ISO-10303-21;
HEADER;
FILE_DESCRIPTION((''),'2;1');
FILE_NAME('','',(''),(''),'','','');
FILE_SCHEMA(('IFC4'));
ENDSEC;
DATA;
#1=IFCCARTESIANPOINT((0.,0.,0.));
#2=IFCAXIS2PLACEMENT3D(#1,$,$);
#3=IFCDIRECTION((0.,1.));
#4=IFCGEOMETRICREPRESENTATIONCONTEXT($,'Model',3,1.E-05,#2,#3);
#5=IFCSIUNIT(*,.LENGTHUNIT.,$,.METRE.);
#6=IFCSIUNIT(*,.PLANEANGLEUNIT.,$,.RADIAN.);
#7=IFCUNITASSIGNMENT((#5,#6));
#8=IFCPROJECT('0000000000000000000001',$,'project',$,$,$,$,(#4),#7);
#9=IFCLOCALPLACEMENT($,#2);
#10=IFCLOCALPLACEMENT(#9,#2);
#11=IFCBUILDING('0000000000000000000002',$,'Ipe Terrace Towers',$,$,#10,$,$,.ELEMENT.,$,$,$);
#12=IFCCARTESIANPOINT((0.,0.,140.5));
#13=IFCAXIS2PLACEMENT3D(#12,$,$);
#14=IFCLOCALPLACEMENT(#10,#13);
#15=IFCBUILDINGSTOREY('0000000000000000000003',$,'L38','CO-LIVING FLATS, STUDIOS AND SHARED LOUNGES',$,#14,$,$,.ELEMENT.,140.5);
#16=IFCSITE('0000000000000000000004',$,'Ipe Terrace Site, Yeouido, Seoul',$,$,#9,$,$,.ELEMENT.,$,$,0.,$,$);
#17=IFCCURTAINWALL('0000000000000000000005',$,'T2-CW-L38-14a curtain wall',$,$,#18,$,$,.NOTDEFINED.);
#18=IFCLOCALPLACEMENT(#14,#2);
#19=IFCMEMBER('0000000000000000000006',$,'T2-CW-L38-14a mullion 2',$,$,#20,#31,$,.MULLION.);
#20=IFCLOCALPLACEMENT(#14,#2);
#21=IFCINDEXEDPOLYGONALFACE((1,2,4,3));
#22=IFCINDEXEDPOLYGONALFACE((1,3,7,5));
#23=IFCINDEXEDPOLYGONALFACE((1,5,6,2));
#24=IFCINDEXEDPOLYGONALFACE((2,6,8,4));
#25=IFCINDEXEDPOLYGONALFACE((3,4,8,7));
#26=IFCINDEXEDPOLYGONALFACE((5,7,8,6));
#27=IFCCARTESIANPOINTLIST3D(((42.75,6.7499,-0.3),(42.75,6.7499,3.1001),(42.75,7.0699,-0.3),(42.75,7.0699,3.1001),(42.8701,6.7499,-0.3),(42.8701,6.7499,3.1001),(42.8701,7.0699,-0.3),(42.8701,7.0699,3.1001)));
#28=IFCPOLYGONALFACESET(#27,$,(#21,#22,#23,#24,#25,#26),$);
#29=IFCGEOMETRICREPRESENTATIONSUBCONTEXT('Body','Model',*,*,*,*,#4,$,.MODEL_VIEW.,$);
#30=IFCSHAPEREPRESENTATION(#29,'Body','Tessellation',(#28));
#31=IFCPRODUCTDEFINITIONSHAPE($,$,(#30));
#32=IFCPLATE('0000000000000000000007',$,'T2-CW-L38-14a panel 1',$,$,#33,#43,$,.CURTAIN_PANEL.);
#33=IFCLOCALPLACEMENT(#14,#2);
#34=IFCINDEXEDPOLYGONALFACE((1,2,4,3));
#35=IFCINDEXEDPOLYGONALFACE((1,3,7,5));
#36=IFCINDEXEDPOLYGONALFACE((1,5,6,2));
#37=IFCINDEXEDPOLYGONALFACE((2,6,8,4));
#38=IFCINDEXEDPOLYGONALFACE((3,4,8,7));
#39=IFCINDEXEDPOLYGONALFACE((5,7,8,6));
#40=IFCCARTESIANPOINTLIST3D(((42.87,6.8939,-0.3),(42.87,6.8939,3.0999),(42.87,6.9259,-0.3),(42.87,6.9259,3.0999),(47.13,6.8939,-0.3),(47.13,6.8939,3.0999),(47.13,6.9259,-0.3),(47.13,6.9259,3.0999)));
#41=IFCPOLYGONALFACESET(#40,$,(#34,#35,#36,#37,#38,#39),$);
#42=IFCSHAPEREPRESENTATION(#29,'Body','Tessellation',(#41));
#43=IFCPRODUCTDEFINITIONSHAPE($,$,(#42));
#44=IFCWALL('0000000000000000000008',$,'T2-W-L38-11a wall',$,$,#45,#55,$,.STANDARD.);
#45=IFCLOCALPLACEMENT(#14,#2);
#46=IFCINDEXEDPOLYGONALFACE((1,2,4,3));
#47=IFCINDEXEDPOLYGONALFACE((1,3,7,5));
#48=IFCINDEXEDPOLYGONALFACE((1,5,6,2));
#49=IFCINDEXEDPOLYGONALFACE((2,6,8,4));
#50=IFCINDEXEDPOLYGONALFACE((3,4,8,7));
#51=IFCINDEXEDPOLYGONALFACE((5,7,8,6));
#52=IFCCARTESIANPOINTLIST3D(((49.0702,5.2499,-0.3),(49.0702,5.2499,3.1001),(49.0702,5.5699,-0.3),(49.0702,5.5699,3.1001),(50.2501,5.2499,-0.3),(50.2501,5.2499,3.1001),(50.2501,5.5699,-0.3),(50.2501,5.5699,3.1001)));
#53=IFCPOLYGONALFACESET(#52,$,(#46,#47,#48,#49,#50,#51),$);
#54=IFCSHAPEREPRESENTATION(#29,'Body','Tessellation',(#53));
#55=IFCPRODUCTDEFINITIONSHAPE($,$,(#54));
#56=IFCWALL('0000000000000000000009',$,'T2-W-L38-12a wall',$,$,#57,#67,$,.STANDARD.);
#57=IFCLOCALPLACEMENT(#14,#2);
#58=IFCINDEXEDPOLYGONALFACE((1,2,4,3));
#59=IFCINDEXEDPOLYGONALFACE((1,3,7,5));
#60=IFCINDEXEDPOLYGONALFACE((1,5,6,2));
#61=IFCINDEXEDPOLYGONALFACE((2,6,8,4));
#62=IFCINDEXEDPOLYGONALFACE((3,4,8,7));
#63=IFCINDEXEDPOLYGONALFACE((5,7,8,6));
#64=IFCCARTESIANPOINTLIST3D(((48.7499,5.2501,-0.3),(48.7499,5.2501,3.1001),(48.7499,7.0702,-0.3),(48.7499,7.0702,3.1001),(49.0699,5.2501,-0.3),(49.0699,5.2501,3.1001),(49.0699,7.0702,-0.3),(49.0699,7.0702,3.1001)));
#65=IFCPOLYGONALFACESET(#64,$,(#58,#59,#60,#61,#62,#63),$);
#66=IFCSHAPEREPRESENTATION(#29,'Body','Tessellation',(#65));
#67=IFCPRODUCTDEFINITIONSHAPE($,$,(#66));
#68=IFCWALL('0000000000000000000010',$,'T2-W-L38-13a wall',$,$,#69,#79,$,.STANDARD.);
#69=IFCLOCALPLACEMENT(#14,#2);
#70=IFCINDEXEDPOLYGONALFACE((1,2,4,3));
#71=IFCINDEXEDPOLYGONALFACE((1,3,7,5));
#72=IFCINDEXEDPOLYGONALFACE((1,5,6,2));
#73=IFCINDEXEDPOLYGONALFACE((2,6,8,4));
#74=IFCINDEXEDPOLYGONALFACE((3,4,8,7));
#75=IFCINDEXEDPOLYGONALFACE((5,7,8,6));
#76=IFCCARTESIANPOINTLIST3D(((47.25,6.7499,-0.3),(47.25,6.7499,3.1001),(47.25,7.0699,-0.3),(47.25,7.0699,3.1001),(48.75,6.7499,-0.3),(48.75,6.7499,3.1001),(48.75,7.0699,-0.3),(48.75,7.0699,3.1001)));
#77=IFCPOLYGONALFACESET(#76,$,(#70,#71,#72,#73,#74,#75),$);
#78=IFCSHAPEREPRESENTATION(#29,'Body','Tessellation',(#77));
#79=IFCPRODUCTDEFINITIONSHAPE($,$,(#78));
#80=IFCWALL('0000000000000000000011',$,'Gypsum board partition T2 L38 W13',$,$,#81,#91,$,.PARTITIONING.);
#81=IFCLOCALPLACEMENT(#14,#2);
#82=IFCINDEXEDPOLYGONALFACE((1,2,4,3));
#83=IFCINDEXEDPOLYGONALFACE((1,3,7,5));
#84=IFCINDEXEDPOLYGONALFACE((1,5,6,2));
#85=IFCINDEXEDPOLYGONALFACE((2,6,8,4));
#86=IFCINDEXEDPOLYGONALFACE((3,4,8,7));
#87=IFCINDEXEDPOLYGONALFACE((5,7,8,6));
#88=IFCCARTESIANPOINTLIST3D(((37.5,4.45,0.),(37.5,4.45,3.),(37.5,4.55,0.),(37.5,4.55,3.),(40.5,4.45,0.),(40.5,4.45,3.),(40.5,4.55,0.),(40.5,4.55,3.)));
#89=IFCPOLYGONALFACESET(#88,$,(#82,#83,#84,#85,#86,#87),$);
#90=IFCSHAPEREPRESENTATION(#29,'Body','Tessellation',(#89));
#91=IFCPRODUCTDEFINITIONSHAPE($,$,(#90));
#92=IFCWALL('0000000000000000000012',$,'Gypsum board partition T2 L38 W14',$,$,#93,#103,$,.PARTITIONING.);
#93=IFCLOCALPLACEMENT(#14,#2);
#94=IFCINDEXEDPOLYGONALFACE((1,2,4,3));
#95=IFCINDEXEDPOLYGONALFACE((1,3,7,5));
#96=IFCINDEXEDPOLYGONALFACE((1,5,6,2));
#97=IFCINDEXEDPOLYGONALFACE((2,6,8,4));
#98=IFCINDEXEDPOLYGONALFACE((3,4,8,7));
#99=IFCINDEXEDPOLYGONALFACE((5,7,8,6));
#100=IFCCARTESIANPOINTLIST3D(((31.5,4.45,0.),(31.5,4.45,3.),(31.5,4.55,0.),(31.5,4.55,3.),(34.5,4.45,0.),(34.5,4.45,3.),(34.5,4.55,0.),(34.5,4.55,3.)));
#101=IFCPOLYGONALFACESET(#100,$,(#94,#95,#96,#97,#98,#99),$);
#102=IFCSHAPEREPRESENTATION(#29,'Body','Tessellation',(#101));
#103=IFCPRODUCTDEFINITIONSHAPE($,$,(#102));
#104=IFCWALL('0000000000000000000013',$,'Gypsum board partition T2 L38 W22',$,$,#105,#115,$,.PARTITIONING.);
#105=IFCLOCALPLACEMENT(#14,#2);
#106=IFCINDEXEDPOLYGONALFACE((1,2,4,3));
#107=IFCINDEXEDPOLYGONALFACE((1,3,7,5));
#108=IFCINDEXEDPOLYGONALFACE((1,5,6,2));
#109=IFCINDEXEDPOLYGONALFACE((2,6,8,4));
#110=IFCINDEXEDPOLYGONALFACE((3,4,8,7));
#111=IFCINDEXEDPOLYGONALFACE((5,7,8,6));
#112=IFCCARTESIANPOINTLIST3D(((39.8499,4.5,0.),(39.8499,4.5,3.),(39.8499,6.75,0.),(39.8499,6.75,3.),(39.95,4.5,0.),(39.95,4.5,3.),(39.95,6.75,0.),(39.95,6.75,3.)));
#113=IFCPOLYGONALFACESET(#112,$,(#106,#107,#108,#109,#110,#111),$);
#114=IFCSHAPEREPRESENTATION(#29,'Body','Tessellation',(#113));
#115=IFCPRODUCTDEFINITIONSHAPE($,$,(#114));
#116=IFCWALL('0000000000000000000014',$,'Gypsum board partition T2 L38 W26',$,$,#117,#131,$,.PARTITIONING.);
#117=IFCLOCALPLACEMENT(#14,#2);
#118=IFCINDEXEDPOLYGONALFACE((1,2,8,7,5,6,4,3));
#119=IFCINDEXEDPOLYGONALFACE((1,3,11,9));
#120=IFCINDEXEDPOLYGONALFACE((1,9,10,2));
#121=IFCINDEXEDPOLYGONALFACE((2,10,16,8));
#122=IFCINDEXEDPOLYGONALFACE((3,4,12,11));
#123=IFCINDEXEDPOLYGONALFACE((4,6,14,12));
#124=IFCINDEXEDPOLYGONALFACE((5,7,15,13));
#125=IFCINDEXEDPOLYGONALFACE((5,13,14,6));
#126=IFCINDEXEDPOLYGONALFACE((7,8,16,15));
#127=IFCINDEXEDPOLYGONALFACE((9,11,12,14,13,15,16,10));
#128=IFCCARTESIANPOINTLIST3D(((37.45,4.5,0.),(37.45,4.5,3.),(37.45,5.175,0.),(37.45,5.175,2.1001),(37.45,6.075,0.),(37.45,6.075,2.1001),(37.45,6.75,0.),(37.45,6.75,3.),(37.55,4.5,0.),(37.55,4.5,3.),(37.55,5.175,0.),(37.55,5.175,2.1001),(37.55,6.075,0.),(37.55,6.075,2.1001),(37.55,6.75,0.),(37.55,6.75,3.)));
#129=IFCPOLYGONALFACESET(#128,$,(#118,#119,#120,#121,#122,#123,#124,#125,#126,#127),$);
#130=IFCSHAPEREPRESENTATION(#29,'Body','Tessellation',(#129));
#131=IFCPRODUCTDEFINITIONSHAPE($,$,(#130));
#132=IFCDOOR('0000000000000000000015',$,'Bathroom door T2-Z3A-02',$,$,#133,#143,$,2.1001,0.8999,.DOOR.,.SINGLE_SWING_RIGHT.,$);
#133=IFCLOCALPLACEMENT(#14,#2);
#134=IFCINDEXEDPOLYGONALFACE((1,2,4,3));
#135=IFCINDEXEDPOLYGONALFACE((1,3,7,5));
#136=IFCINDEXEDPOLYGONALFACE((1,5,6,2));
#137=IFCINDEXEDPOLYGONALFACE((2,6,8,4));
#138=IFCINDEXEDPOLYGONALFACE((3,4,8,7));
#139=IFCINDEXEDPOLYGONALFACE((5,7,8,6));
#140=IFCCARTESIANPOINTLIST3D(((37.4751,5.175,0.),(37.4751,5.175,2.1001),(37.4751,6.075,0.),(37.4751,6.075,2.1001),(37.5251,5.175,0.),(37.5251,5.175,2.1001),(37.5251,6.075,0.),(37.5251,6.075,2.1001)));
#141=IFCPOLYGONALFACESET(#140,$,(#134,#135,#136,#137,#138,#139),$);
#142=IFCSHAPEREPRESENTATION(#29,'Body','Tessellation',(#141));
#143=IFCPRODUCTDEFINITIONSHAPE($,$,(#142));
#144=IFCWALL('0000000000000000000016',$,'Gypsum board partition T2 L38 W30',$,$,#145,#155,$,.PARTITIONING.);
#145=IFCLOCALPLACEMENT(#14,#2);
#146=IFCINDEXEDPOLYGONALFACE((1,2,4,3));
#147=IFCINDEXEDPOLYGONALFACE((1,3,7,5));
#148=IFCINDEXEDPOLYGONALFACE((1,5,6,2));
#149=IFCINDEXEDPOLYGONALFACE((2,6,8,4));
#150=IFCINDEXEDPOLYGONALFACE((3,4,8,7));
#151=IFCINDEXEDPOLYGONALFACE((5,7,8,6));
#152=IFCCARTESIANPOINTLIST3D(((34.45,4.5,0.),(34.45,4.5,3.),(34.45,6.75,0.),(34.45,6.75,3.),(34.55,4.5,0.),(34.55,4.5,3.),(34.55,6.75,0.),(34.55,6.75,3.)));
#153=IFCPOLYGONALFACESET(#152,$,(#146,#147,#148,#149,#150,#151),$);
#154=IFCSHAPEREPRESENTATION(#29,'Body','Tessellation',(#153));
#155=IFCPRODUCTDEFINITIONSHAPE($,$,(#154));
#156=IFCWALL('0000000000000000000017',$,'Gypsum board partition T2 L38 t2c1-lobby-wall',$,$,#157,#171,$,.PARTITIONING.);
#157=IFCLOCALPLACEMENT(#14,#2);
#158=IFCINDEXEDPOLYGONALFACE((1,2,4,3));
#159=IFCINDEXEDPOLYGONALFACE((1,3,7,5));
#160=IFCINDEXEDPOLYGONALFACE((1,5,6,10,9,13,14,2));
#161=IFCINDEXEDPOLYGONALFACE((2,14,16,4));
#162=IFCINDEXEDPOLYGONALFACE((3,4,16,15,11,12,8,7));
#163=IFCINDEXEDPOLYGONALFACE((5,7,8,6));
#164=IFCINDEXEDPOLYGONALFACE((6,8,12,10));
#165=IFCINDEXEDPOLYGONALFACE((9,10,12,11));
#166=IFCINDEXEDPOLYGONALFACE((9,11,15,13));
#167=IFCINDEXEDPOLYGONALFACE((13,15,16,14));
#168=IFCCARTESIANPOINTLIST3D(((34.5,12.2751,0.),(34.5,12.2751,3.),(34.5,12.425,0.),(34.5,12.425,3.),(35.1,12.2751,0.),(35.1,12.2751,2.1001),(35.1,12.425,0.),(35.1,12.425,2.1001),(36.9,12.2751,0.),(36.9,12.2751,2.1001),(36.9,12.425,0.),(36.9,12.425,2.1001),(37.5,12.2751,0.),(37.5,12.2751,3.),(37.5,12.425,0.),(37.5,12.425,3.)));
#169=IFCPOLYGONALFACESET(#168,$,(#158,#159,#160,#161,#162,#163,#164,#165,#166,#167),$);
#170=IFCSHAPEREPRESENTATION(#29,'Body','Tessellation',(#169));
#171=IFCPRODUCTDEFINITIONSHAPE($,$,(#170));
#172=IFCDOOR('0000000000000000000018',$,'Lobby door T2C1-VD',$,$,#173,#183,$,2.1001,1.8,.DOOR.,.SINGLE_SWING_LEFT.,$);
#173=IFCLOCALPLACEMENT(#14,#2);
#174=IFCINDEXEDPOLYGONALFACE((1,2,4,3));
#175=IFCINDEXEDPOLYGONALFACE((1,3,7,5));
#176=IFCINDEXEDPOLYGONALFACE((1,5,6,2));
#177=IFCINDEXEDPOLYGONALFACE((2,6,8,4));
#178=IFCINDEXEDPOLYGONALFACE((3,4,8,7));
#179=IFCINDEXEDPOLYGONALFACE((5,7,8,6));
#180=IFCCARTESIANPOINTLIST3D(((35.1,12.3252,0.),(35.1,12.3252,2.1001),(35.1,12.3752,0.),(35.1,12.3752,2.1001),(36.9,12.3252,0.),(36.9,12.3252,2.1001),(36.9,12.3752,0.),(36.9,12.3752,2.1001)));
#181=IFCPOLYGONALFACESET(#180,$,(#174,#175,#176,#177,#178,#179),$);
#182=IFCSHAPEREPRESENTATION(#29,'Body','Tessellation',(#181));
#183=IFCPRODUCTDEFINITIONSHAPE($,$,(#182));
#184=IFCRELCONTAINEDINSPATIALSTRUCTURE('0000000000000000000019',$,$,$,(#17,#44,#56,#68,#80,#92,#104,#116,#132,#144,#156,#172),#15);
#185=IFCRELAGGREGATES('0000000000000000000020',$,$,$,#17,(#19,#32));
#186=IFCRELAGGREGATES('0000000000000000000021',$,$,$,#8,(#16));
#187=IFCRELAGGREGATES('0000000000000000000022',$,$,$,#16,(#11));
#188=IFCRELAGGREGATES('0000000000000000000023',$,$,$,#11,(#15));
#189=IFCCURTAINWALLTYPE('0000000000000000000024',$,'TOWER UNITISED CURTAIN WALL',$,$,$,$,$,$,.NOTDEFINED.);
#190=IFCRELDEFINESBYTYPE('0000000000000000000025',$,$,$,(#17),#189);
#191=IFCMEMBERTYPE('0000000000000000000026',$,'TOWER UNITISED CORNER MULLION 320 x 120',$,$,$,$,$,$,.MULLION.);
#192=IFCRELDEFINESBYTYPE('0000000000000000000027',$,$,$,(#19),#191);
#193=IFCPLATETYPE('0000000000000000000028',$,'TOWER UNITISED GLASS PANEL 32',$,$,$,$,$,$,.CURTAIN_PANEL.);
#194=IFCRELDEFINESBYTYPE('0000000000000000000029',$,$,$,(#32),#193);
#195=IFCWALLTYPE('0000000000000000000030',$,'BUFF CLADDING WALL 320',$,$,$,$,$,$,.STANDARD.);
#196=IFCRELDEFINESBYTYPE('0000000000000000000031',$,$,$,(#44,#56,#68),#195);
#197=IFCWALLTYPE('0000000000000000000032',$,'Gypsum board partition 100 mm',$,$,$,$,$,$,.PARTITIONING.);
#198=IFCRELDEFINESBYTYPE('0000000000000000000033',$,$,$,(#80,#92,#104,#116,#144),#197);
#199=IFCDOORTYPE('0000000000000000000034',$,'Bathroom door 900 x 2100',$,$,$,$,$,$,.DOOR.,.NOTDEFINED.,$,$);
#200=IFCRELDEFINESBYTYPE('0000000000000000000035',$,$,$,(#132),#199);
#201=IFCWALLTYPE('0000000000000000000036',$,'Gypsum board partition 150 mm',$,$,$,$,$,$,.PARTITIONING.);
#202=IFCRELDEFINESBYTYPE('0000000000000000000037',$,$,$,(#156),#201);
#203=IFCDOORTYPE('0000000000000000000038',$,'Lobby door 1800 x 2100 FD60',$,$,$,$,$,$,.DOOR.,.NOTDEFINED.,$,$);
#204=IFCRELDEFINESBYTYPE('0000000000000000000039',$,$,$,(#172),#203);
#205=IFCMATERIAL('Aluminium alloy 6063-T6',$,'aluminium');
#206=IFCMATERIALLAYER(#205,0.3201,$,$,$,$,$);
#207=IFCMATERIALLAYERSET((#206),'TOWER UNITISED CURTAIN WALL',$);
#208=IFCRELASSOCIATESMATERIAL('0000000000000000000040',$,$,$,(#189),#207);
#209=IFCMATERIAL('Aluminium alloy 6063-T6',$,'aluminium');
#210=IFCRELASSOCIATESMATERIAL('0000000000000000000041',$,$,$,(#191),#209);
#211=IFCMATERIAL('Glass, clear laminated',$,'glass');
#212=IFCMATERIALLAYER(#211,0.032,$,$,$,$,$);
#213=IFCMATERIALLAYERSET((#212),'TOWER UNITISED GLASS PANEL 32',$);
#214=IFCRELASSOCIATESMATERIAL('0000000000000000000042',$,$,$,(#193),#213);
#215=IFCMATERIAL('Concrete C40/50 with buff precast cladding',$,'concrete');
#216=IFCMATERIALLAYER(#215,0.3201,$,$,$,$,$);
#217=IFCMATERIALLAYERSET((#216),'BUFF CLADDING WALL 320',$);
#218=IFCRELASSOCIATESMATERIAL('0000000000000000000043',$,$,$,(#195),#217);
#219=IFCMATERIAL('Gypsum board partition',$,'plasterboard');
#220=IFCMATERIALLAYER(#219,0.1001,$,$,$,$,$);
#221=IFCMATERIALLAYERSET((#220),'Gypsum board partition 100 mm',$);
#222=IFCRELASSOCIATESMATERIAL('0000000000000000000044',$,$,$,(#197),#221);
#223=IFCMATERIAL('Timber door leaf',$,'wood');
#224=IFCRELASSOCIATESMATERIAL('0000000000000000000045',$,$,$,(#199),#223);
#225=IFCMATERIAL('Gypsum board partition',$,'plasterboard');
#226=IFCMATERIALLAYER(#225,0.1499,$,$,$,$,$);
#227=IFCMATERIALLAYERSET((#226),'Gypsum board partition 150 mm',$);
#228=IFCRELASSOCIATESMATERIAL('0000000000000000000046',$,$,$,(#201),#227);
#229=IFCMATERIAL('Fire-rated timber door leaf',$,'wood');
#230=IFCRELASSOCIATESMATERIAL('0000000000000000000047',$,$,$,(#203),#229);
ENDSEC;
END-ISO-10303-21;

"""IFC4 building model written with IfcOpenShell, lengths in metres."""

from ifc_helpers import new_model, si_unit, direction, frame, frame_2d, origin, origin_2d, place, context, subcontext, project, spatial, rectangle, extrude, material, layer, layer_set, material_profile, profile_set, type_object, element, fill, aggregate, save


model = new_model("IFC4")

# Units and contexts
model_context = context("Model", 3, precision=1e-05, world=origin(), true_north=direction((0.0, 1.0)))
body_context = subcontext(model_context, "Body", "Model", "MODEL_VIEW")
ifc_project = project(units=[si_unit("LENGTHUNIT", "METRE"), si_unit("PLANEANGLEUNIT", "RADIAN")], contexts=[model_context])

# Site, building, storey
site_placement = place(None, origin())
site = spatial("IfcSite", under=ifc_project, at=site_placement, Name="Ipe Terrace Site, Yeouido, Seoul", CompositionType="ELEMENT", RefElevation=0.0)
building_placement = place(site_placement, origin())
building = spatial("IfcBuilding", under=site, at=building_placement, Name="Ipe Terrace Towers", CompositionType="ELEMENT")
storey_placement = place(building_placement, frame((0.0, 0.0, 140.5)))
storey = spatial("IfcBuildingStorey", under=building, at=storey_placement, Name="L38", Description="CO-LIVING FLATS, STUDIOS AND SHARED LOUNGES", CompositionType="ELEMENT", Elevation=140.5)

# Curtain wall, member, plate
ifc_material_1 = material(Name="Aluminium alloy 6063-T6", Category="aluminium")
ifc_layer_1 = layer(ifc_material_1, 0.3201)
ifc_layer_set_1 = layer_set([ifc_layer_1], Name="TOWER UNITISED CURTAIN WALL")
curtain_wall_type = type_object("IfcCurtainWallType", Name="TOWER UNITISED CURTAIN WALL", PredefinedType="NOTDEFINED", material=ifc_layer_set_1)
curtain_wall_placement = place(storey_placement, origin())
curtain_wall = element("IfcCurtainWall", 1, at=curtain_wall_placement, inside=storey, type_object=curtain_wall_type, Name="T2-CW-L38-14a curtain wall", PredefinedType="NOTDEFINED")
ifc_material_2 = material(Name="Aluminium alloy 6063-T6", Category="aluminium")
ifc_material_profile_1 = material_profile(ifc_material_2, rectangle(XDim=0.3201, YDim=0.1201, at=origin_2d()), Name="TOWER UNITISED CORNER MULLION 320 x 120")
ifc_profile_set_1 = profile_set([ifc_material_profile_1], Name="Aluminium alloy 6063-T6")
member_type = type_object("IfcMemberType", Name="TOWER UNITISED CORNER MULLION 320 x 120", PredefinedType="MULLION", material=ifc_profile_set_1)
member_1_placement = place(storey_placement, frame((42.8101, 6.9099, -0.3), z_axis=(0.0, 0.0, 1.0), x_axis=(0.0, 1.0, 0.0)))
member_1 = element("IfcMember", 2, at=member_1_placement, type_object=member_type, Name="T2-CW-L38-14a mullion 2", PredefinedType="MULLION", context=body_context, shape_type="SweptSolid", body=[
    extrude(rectangle(XDim=0.3201, YDim=0.1201, at=origin_2d()), origin(), (0.0, 0.0, 1.0), 3.4001),
])
ifc_material_3 = material(Name="Glass, clear laminated", Category="glass")
ifc_layer_2 = layer(ifc_material_3, 0.032)
ifc_layer_set_2 = layer_set([ifc_layer_2], Name="TOWER UNITISED GLASS PANEL 32")
plate_type = type_object("IfcPlateType", Name="TOWER UNITISED GLASS PANEL 32", PredefinedType="CURTAIN_PANEL", material=ifc_layer_set_2)
plate_placement = place(storey_placement, frame((45.0, 6.9099, -0.3), z_axis=(0.0, 0.0, 1.0), x_axis=(-1.0, 0.0, 0.0)))
plate = element("IfcPlate", 3, at=plate_placement, type_object=plate_type, Name="T2-CW-L38-14a panel 1", PredefinedType="CURTAIN_PANEL", context=body_context, shape_type="SweptSolid", body=[
    extrude(rectangle(XDim=4.26, YDim=0.032, at=origin_2d()), origin(), (0.0, 0.0, 1.0), 3.3999),
])
aggregate(curtain_wall, [member_1, plate])

# Walls
ifc_material_4 = material(Name="Concrete C40/50 with buff precast cladding", Category="concrete")
ifc_layer_3 = layer(ifc_material_4, 0.3201)
ifc_layer_set_3 = layer_set([ifc_layer_3], Name="BUFF CLADDING WALL 320")
wall_type_1 = type_object("IfcWallType", Name="BUFF CLADDING WALL 320", PredefinedType="STANDARD", material=ifc_layer_set_3)
wall_1_placement = place(storey_placement, frame((50.25, 5.4099, -0.3), z_axis=(0.0, 0.0, 1.0), x_axis=(-1.0, 0.0, 0.0)))
element("IfcWall", 4, at=wall_1_placement, inside=storey, type_object=wall_type_1, Name="T2-W-L38-11a wall", PredefinedType="STANDARD", context=body_context, shape_type="SweptSolid", body=[
    extrude(rectangle(XDim=1.1799, YDim=0.3201, at=frame_2d((0.5898, 0.0))), origin(), (0.0, 0.0, 1.0), 3.4001),
])
wall_2_placement = place(storey_placement, frame((48.9099, 5.25, -0.3), z_axis=(0.0, 0.0, 1.0), x_axis=(0.0, 1.0, 0.0)))
element("IfcWall", 5, at=wall_2_placement, inside=storey, type_object=wall_type_1, Name="T2-W-L38-12a wall", PredefinedType="STANDARD", context=body_context, shape_type="SweptSolid", body=[
    extrude(rectangle(XDim=1.8201, YDim=0.3201, at=frame_2d((0.9102, 0.0))), origin(), (0.0, 0.0, 1.0), 3.4001),
])
wall_3_placement = place(storey_placement, frame((48.75, 6.9099, -0.3), z_axis=(0.0, 0.0, 1.0), x_axis=(-1.0, 0.0, 0.0)))
element("IfcWall", 6, at=wall_3_placement, inside=storey, type_object=wall_type_1, Name="T2-W-L38-13a wall", PredefinedType="STANDARD", context=body_context, shape_type="SweptSolid", body=[
    extrude(rectangle(XDim=1.5, YDim=0.3201, at=frame_2d((0.75, 0.0))), origin(), (0.0, 0.0, 1.0), 3.4001),
])
ifc_material_5 = material(Name="Gypsum board partition", Category="plasterboard")
ifc_layer_4 = layer(ifc_material_5, 0.1001)
ifc_layer_set_4 = layer_set([ifc_layer_4], Name="Gypsum board partition 100 mm")
wall_type_2 = type_object("IfcWallType", Name="Gypsum board partition 100 mm", PredefinedType="PARTITIONING", material=ifc_layer_set_4)
for number, where, z_axis, x_axis, name in (
    (7, (40.5, 4.5, 0.0), (0.0, 0.0, 1.0), (-1.0, 0.0, 0.0), "Gypsum board partition T2 L38 W13"),
    (8, (34.5, 4.5, 0.0), (0.0, 0.0, 1.0), (-1.0, 0.0, 0.0), "Gypsum board partition T2 L38 W14"),
):
    element("IfcWall", number, at=place(storey_placement, frame(where, z_axis=z_axis, x_axis=x_axis)), inside=storey, type_object=wall_type_2, Name=name, PredefinedType="PARTITIONING", context=body_context, shape_type="SweptSolid", body=[
        extrude(rectangle(XDim=3.0, YDim=0.1001, at=frame_2d((1.5, 0.0))), origin(), (0.0, 0.0, 1.0), 3.0),
    ])
wall_4_placement = place(storey_placement, frame((39.8999, 4.5, 0.0), z_axis=(0.0, 0.0, 1.0), x_axis=(0.0, 1.0, 0.0)))
element("IfcWall", 9, at=wall_4_placement, inside=storey, type_object=wall_type_2, Name="Gypsum board partition T2 L38 W22", PredefinedType="PARTITIONING", context=body_context, shape_type="SweptSolid", body=[
    extrude(rectangle(XDim=2.25, YDim=0.1001, at=frame_2d((1.125, 0.0))), origin(), (0.0, 0.0, 1.0), 3.0),
])

# Wall, opening, door
wall_5_placement = place(storey_placement, frame((37.5, 4.5, 0.0), z_axis=(0.0, 0.0, 1.0), x_axis=(0.0, 1.0, 0.0)))
wall_5 = element("IfcWall", 10, at=wall_5_placement, inside=storey, type_object=wall_type_2, Name="Gypsum board partition T2 L38 W26", PredefinedType="PARTITIONING", context=body_context, shape_type="SweptSolid", body=[
    extrude(rectangle(XDim=2.25, YDim=0.1001, at=frame_2d((1.125, 0.0))), origin(), (0.0, 0.0, 1.0), 3.0),
])
opening_1_placement = place(wall_5_placement, frame((0.675, 0.0, 0.0)))
opening_1 = element("IfcOpeningElement", 11, at=opening_1_placement, cuts=wall_5, PredefinedType="OPENING", context=body_context, shape_type="SweptSolid", body=[
    extrude(rectangle(XDim=0.8999, YDim=2.1001, at=frame_2d((0.45, 1.05))), frame((0.0, 0.0601, 0.0), z_axis=(0.0, -1.0, 0.0), x_axis=(1.0, 0.0, 0.0)), (0.0, 0.0, 1.0), 0.1201),
])
ifc_material_6 = material(Name="Timber door leaf", Category="wood")
door_type_1 = type_object("IfcDoorType", Name="Bathroom door 900 x 2100", OperationType="NOTDEFINED", PredefinedType="DOOR", material=ifc_material_6)
door_1_placement = place(opening_1_placement, origin())
door_1 = element("IfcDoor", 12, at=door_1_placement, inside=storey, type_object=door_type_1, Name="Bathroom door T2-Z3A-02", OperationType="SINGLE_SWING_RIGHT", OverallHeight=2.1001, OverallWidth=0.8999, PredefinedType="DOOR", context=body_context, shape_type="SweptSolid", body=[
    extrude(rectangle(XDim=0.8999, YDim=2.1001, at=frame_2d((0.45, 1.05))), frame((0.0, 0.0249, 0.0), z_axis=(0.0, -1.0, 0.0), x_axis=(1.0, 0.0, 0.0)), (0.0, 0.0, 1.0), 0.05),
])
fill(opening_1, door_1)

# Wall
wall_6_placement = place(storey_placement, frame((34.5, 4.5, 0.0), z_axis=(0.0, 0.0, 1.0), x_axis=(0.0, 1.0, 0.0)))
element("IfcWall", 13, at=wall_6_placement, inside=storey, type_object=wall_type_2, Name="Gypsum board partition T2 L38 W30", PredefinedType="PARTITIONING", context=body_context, shape_type="SweptSolid", body=[
    extrude(rectangle(XDim=2.25, YDim=0.1001, at=frame_2d((1.125, 0.0))), origin(), (0.0, 0.0, 1.0), 3.0),
])

# Wall, opening, door
ifc_material_7 = material(Name="Gypsum board partition", Category="plasterboard")
ifc_layer_5 = layer(ifc_material_7, 0.1499)
ifc_layer_set_5 = layer_set([ifc_layer_5], Name="Gypsum board partition 150 mm")
wall_type_3 = type_object("IfcWallType", Name="Gypsum board partition 150 mm", PredefinedType="PARTITIONING", material=ifc_layer_set_5)
wall_7_placement = place(storey_placement, frame((37.5, 12.3501, 0.0), z_axis=(0.0, 0.0, 1.0), x_axis=(-1.0, 0.0, 0.0)))
wall_7 = element("IfcWall", 14, at=wall_7_placement, inside=storey, type_object=wall_type_3, Name="Gypsum board partition T2 L38 t2c1-lobby-wall", PredefinedType="PARTITIONING", context=body_context, shape_type="SweptSolid", body=[
    extrude(rectangle(XDim=3.0, YDim=0.1499, at=frame_2d((1.5, 0.0))), origin(), (0.0, 0.0, 1.0), 3.0),
])
opening_2_placement = place(wall_7_placement, frame((0.6001, 0.0, 0.0)))
opening_2 = element("IfcOpeningElement", 15, at=opening_2_placement, cuts=wall_7, PredefinedType="OPENING", context=body_context, shape_type="SweptSolid", body=[
    extrude(rectangle(XDim=1.8, YDim=2.1001, at=frame_2d((0.8999, 1.05))), frame((0.0, 0.085, 0.0), z_axis=(0.0, -1.0, 0.0), x_axis=(1.0, 0.0, 0.0)), (0.0, 0.0, 1.0), 0.1699),
])
ifc_material_8 = material(Name="Fire-rated timber door leaf", Category="wood")
door_type_2 = type_object("IfcDoorType", Name="Lobby door 1800 x 2100 FD60", OperationType="NOTDEFINED", PredefinedType="DOOR", material=ifc_material_8)
door_2_placement = place(opening_2_placement, origin())
door_2 = element("IfcDoor", 16, at=door_2_placement, inside=storey, type_object=door_type_2, Name="Lobby door T2C1-VD", OperationType="SINGLE_SWING_LEFT", OverallHeight=2.1001, OverallWidth=1.8, PredefinedType="DOOR", context=body_context, shape_type="SweptSolid", body=[
    extrude(rectangle(XDim=1.8, YDim=2.1001, at=frame_2d((0.8999, 1.05))), frame((0.0, 0.0249, 0.0), z_axis=(0.0, -1.0, 0.0), x_axis=(1.0, 0.0, 0.0)), (0.0, 0.0, 1.0), 0.05),
])
fill(opening_2, door_2)

save(model, "model.ifc")
